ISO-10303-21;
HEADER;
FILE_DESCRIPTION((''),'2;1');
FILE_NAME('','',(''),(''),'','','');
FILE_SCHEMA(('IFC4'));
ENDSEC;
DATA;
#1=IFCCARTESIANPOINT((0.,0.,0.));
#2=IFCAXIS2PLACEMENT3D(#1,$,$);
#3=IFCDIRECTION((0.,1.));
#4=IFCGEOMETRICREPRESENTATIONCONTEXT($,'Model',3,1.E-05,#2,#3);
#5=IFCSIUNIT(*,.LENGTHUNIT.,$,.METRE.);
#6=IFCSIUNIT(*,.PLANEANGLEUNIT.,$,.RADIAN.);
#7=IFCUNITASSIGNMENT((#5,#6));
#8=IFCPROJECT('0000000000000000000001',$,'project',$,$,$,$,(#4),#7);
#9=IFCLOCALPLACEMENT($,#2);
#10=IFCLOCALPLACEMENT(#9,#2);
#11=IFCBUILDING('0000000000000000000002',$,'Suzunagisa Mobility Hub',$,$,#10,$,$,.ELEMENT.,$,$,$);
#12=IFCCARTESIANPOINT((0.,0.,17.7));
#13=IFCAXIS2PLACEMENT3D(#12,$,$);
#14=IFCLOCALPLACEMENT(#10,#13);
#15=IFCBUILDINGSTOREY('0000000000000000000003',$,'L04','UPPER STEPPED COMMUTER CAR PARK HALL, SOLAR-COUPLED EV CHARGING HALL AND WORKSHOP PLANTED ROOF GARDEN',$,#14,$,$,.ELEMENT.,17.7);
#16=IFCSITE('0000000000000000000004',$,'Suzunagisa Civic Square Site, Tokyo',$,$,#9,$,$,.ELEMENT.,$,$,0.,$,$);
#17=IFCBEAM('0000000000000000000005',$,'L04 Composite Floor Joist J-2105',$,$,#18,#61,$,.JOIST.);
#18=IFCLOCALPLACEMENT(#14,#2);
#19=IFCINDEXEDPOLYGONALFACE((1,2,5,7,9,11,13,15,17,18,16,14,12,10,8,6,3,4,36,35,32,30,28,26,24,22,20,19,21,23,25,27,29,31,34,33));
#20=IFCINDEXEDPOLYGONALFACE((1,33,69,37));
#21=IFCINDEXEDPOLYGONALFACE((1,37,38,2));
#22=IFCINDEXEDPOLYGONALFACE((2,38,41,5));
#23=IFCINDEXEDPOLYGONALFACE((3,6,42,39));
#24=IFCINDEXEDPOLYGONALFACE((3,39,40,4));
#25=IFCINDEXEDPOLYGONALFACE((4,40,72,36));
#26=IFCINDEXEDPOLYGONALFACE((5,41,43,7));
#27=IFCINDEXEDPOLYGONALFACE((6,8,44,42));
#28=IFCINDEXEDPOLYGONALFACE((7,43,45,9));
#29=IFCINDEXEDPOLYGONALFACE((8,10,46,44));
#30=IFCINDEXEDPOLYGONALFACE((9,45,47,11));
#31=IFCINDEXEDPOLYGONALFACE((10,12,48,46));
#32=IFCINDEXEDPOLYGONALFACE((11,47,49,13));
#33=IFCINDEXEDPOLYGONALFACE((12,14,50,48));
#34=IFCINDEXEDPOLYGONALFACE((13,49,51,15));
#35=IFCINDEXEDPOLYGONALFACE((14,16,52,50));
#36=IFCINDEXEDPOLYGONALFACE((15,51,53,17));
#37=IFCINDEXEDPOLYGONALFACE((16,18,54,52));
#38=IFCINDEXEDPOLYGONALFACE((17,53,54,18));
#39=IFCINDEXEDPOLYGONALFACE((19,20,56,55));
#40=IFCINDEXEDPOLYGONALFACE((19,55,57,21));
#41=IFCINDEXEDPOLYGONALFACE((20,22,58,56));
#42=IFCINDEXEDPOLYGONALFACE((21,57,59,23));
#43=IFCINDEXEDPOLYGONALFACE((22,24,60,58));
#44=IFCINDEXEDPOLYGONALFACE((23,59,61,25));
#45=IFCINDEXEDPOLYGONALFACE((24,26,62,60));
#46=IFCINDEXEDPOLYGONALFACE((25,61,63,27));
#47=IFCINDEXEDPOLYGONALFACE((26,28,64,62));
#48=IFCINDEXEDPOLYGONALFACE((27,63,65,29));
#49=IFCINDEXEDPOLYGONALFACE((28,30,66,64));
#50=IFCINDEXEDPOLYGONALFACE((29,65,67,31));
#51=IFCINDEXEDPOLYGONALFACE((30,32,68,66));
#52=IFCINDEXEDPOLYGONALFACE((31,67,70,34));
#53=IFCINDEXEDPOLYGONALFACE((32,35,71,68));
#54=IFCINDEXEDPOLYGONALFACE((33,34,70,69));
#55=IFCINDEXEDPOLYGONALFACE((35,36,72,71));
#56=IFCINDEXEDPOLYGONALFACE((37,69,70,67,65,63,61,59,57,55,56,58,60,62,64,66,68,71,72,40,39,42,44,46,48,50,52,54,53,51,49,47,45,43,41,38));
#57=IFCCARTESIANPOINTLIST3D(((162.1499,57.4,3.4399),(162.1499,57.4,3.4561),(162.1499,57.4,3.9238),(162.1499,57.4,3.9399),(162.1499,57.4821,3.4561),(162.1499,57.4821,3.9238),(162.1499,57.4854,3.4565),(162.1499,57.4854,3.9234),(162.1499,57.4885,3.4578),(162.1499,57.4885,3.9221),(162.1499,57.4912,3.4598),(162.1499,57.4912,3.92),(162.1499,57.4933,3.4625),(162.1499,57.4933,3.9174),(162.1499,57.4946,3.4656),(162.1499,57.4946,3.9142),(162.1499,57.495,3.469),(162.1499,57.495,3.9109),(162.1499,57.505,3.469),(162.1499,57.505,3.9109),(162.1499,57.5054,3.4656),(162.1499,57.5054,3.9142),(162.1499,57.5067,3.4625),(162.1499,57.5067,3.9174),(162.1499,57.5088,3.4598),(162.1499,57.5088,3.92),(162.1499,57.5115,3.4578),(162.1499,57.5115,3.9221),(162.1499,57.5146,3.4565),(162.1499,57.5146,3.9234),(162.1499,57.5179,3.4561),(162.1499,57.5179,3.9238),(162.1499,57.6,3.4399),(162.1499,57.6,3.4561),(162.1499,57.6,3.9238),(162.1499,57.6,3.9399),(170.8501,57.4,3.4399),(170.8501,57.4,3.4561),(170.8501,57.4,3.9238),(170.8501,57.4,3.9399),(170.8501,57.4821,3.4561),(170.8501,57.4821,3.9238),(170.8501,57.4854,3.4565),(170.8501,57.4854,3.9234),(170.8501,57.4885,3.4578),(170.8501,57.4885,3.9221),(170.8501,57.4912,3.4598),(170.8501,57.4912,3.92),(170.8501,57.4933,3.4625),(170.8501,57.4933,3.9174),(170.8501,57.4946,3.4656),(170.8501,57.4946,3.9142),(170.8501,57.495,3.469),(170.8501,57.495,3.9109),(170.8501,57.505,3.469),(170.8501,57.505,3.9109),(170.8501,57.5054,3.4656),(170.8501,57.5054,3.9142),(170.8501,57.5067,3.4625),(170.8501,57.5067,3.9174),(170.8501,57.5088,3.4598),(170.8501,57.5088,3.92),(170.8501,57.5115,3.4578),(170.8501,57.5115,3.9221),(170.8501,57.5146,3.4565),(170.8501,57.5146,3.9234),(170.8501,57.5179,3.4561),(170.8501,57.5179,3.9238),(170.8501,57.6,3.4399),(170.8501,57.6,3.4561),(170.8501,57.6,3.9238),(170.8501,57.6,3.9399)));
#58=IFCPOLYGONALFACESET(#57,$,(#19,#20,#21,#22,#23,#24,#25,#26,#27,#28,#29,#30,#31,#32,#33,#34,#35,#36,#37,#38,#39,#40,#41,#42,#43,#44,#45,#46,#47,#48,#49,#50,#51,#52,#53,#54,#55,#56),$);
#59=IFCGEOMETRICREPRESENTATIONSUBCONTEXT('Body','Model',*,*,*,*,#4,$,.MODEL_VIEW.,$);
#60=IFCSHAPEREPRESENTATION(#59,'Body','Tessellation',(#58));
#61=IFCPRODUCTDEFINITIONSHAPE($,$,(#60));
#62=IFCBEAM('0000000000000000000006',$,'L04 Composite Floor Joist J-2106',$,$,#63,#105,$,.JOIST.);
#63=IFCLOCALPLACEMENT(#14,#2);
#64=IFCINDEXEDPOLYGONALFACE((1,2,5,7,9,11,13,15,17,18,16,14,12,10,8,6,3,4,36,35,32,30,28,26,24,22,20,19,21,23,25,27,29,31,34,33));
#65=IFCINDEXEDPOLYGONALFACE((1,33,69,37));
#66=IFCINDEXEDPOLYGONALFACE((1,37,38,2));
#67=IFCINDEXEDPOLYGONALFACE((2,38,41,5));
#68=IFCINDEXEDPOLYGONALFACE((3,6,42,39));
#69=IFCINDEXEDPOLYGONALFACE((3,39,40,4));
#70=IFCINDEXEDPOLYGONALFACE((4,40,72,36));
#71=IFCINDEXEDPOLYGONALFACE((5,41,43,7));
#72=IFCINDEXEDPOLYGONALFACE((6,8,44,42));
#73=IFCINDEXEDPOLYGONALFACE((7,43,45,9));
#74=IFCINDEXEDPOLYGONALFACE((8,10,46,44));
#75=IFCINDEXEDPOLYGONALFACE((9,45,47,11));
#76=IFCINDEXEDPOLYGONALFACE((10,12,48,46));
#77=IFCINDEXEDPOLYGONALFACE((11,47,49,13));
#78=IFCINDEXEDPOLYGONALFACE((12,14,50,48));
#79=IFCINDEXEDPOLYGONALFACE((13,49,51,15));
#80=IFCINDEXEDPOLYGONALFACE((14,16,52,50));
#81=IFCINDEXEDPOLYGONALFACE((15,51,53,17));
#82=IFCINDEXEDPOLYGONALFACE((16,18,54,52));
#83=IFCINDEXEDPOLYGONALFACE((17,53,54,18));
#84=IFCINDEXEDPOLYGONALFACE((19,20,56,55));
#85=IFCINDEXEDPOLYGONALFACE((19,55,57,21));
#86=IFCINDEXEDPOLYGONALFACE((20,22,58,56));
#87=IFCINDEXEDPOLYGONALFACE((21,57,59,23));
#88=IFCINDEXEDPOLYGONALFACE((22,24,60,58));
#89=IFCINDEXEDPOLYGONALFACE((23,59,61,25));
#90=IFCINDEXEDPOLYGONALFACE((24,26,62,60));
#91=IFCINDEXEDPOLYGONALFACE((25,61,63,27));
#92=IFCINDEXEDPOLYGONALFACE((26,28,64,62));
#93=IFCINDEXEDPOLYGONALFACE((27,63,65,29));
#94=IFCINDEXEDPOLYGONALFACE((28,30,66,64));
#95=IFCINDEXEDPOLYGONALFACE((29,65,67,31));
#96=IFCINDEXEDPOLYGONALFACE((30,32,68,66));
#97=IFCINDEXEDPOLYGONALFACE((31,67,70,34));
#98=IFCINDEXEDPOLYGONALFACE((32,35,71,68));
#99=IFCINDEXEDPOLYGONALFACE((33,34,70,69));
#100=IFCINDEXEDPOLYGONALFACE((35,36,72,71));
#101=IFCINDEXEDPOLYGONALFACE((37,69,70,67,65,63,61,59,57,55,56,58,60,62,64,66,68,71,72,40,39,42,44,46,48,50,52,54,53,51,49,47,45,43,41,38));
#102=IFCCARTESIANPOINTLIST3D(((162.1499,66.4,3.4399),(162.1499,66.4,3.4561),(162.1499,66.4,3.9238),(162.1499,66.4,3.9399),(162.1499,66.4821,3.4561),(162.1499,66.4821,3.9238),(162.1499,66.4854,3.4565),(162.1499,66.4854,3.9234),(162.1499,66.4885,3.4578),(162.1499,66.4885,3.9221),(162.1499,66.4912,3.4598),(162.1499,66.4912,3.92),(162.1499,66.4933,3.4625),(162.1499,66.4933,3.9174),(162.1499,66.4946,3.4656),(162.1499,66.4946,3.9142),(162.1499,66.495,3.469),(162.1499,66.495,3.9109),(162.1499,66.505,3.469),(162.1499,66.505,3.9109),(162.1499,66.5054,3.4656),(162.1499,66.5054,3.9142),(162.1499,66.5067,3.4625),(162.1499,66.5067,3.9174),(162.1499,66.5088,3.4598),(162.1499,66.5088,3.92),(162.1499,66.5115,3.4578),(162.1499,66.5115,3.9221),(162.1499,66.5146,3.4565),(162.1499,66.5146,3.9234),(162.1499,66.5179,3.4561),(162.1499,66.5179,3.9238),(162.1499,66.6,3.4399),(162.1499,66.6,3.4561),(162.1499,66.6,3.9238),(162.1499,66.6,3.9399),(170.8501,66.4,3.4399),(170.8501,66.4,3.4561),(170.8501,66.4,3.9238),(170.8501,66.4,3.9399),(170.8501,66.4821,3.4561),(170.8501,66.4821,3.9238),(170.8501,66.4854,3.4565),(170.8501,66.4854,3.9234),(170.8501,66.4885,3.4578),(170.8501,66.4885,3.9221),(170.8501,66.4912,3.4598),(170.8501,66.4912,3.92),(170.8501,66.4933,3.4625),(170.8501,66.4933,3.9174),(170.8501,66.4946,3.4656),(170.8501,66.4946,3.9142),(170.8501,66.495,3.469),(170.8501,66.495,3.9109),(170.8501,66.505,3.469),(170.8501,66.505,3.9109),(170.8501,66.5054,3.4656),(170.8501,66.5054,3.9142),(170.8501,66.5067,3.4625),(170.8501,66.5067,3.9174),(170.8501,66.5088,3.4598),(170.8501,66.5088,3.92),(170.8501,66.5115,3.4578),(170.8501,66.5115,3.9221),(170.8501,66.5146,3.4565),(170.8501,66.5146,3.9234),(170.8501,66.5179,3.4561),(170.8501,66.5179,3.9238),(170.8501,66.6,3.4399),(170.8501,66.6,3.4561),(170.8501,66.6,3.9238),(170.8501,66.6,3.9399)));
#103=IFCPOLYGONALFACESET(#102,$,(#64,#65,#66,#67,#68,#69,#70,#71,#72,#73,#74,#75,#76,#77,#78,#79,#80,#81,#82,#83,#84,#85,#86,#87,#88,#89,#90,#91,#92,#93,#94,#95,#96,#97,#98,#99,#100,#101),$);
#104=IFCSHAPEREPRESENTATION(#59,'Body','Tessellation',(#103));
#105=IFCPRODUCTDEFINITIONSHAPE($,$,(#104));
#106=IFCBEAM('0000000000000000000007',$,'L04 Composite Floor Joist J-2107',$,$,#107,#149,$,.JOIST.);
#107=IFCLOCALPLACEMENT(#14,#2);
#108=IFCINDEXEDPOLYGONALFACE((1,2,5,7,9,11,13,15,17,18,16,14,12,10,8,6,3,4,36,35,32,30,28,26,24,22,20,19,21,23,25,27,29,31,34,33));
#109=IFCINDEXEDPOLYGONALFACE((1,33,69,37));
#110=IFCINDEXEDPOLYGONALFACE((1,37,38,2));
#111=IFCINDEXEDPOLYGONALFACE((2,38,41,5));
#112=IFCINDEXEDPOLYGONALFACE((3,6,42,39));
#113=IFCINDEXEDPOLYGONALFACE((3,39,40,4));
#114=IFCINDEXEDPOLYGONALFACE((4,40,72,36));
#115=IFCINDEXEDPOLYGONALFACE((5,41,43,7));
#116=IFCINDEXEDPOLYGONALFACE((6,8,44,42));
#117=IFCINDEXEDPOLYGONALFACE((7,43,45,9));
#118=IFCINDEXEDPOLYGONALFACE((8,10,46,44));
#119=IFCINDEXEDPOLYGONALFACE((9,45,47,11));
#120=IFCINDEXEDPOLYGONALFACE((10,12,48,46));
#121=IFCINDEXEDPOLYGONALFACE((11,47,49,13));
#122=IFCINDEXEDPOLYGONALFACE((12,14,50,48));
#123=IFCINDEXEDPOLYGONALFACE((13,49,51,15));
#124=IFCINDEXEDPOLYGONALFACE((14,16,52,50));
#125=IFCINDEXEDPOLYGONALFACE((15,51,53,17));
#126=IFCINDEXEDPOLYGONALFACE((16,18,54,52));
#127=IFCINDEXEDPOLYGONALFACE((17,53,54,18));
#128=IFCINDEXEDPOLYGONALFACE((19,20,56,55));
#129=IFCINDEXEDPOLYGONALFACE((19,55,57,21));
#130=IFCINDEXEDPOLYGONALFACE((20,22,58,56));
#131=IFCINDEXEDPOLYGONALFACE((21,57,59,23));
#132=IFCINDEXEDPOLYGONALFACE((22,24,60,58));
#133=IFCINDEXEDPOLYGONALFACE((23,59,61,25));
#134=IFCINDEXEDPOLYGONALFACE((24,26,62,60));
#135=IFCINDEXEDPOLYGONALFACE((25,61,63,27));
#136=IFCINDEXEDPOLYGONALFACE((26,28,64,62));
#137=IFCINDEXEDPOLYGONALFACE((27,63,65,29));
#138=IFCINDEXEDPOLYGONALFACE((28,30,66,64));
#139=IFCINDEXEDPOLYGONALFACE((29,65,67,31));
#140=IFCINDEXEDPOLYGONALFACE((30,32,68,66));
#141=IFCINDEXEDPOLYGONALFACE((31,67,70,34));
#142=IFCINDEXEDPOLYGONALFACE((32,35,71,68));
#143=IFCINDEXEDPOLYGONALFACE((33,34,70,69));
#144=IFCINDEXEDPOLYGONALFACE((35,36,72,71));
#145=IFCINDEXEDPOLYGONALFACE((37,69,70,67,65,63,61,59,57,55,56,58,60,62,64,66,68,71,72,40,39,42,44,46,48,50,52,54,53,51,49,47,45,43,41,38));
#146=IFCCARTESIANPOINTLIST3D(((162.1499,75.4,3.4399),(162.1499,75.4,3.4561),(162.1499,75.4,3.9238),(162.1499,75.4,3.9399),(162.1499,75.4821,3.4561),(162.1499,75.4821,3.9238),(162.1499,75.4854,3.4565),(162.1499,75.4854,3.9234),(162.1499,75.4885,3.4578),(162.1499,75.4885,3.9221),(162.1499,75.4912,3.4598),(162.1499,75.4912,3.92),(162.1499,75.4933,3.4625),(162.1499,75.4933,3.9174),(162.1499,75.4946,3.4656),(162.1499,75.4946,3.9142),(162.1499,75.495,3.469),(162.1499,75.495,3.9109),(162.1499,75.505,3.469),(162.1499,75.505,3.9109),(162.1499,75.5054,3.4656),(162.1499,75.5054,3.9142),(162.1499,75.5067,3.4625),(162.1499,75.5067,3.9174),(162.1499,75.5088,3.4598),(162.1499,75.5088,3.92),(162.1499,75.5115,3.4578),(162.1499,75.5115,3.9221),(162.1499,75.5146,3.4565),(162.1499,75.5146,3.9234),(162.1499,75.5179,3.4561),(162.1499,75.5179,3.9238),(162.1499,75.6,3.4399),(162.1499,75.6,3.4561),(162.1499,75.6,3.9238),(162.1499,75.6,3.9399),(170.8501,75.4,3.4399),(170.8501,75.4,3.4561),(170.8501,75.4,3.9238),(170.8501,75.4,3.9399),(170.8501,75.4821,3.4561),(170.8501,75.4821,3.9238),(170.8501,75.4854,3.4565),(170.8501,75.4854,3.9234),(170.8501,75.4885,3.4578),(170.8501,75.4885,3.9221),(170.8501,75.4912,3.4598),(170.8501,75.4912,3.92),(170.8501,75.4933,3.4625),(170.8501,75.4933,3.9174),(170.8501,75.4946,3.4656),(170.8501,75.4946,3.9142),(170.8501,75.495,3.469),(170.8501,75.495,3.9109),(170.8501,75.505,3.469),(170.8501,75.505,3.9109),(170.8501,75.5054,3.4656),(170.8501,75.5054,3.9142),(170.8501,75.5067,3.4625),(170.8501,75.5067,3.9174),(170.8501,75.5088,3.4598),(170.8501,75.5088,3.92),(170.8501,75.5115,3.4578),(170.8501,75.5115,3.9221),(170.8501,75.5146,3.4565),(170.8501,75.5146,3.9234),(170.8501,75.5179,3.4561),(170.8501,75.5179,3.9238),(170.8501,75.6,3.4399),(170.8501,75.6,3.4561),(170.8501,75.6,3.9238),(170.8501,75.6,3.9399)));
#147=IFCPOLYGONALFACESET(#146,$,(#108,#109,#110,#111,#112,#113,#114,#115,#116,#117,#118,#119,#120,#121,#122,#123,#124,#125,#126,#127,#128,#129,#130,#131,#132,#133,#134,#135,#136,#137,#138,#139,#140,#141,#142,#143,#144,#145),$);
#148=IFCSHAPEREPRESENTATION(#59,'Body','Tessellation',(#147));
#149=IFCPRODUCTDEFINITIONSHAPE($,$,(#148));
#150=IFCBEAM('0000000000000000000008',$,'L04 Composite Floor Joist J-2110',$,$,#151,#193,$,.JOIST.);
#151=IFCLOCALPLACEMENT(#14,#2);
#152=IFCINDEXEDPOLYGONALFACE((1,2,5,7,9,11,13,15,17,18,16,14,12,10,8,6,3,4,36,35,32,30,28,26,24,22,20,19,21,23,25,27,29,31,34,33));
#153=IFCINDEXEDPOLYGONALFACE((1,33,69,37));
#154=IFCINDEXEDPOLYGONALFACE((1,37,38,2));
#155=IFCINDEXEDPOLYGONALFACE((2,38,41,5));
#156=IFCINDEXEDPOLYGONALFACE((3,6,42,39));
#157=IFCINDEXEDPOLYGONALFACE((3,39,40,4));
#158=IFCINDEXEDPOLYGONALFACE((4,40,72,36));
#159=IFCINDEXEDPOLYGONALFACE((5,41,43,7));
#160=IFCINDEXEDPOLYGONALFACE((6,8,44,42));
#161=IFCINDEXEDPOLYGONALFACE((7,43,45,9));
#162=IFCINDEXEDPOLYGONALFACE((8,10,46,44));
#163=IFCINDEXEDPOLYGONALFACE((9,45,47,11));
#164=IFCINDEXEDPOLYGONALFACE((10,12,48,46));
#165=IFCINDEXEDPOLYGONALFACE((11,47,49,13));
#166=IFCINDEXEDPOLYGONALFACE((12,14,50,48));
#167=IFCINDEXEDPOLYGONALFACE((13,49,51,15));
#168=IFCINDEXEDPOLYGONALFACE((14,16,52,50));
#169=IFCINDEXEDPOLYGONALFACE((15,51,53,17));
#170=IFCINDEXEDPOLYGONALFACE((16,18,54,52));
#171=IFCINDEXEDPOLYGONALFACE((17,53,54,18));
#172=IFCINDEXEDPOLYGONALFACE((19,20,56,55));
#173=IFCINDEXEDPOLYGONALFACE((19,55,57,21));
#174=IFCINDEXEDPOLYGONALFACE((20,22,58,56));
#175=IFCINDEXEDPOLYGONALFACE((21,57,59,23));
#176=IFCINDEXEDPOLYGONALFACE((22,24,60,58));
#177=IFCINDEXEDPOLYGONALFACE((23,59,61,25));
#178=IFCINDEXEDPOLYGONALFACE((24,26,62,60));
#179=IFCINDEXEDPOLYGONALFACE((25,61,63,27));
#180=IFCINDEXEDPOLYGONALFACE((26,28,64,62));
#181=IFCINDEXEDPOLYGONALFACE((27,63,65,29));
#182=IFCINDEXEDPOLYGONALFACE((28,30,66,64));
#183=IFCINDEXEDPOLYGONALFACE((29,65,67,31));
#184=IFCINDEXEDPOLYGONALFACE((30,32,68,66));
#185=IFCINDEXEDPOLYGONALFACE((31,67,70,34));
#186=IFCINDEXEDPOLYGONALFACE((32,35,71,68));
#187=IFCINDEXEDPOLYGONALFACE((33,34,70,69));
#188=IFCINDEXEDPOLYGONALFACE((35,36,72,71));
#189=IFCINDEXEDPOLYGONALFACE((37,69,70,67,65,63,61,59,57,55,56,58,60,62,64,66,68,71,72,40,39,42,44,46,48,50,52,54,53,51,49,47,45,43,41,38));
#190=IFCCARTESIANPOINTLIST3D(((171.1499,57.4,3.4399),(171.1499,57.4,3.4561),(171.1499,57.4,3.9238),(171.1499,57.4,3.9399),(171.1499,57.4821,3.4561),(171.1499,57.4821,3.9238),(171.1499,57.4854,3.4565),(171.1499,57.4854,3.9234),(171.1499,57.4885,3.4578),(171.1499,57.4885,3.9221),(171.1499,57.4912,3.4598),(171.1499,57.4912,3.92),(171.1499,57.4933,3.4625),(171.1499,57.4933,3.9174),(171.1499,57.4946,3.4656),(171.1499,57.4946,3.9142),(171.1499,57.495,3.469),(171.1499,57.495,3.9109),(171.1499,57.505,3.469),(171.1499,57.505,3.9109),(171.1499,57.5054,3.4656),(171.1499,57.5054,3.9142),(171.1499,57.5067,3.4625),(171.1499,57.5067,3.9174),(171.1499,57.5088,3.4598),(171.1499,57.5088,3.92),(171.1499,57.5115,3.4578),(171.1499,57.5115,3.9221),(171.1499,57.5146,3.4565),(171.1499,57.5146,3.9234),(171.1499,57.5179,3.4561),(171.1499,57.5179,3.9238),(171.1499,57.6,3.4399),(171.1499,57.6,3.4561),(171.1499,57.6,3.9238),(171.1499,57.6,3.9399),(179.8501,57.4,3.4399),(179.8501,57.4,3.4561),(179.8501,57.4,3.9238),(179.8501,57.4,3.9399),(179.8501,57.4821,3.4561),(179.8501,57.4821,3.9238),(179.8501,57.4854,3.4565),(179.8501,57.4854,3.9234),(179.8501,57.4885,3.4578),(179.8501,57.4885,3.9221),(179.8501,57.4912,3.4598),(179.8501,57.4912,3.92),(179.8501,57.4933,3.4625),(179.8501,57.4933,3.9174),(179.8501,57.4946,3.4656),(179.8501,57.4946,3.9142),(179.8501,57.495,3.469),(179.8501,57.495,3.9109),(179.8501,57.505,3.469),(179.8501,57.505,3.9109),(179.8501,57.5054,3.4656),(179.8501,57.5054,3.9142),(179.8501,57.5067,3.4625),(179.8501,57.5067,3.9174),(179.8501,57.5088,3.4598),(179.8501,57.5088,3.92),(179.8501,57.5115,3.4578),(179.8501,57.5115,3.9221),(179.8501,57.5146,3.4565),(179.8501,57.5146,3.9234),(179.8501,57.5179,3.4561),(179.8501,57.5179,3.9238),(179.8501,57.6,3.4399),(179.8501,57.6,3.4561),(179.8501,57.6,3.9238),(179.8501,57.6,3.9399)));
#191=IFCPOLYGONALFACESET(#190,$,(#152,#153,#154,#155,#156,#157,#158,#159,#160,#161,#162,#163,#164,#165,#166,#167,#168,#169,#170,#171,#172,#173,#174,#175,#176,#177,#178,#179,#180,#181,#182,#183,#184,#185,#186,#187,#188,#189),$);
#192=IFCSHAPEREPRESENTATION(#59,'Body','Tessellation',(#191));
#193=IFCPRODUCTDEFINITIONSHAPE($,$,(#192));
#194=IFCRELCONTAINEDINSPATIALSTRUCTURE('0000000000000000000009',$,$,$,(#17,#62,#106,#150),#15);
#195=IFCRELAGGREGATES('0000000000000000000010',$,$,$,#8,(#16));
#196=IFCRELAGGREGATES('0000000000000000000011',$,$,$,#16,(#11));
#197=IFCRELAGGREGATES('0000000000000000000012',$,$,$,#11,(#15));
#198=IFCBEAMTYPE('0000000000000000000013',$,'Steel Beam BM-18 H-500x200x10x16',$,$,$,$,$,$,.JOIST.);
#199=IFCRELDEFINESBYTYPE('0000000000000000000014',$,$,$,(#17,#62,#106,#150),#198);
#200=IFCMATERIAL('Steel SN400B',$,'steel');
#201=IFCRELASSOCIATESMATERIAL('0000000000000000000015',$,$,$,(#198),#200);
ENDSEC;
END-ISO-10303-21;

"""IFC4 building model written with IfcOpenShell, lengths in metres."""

from ifc_helpers import new_model, si_unit, direction, frame, origin, origin_2d, place, context, subcontext, project, spatial, i_section, extrude, material, material_profile, profile_set, type_object, element, save


model = new_model("IFC4")

# Units and contexts
model_context = context("Model", 3, precision=1e-05, world=origin(), true_north=direction((0.0, 1.0)))
body_context = subcontext(model_context, "Body", "Model", "MODEL_VIEW")
ifc_project = project(units=[si_unit("LENGTHUNIT", "METRE"), si_unit("PLANEANGLEUNIT", "RADIAN")], contexts=[model_context])

# Site, building, storey
site_placement = place(None, origin())
site = spatial("IfcSite", under=ifc_project, at=site_placement, Name="Suzunagisa Civic Square Site, Tokyo", CompositionType="ELEMENT", RefElevation=0.0)
building_placement = place(site_placement, origin())
building = spatial("IfcBuilding", under=site, at=building_placement, Name="Suzunagisa Mobility Hub", CompositionType="ELEMENT")
storey_placement = place(building_placement, frame((0.0, 0.0, 17.7)))
storey = spatial("IfcBuildingStorey", under=building, at=storey_placement, Name="L04", Description="UPPER STEPPED COMMUTER CAR PARK HALL, SOLAR-COUPLED EV CHARGING HALL AND WORKSHOP PLANTED ROOF GARDEN", CompositionType="ELEMENT", Elevation=17.7)

# Beams
ifc_material_1 = material(Name="Steel SN400B", Category="steel")
ifc_material_profile_1 = material_profile(ifc_material_1, i_section(OverallWidth=0.2, OverallDepth=0.5, WebThickness=0.01, FlangeThickness=0.0161, FilletRadius=0.0129, at=origin_2d()), Name="H-500x200x10x16")
ifc_profile_set_1 = profile_set([ifc_material_profile_1], Name="Steel SN400B")
beam_type_1 = type_object("IfcBeamType", Name="Steel Beam BM-18 H-500x200x10x16", PredefinedType="JOIST", material=ifc_profile_set_1)
for number, where, z_axis, x_axis, name in (
    (1, (162.1499, 57.5, 3.6899), (1.0, 0.0, 0.0), (0.0, 1.0, 0.0), "L04 Composite Floor Joist J-2105"),
    (2, (162.1499, 66.5, 3.6899), (1.0, 0.0, 0.0), (0.0, 1.0, 0.0), "L04 Composite Floor Joist J-2106"),
    (3, (162.1499, 75.5, 3.6899), (1.0, 0.0, 0.0), (0.0, 1.0, 0.0), "L04 Composite Floor Joist J-2107"),
    (4, (171.1499, 57.5, 3.6899), (1.0, 0.0, 0.0), (0.0, 1.0, 0.0), "L04 Composite Floor Joist J-2110"),
):
    element("IfcBeam", number, at=place(storey_placement, frame(where, z_axis=z_axis, x_axis=x_axis)), inside=storey, type_object=beam_type_1, Name=name, PredefinedType="JOIST", context=body_context, shape_type="SweptSolid", body=[
        extrude(i_section(OverallWidth=0.2, OverallDepth=0.5, WebThickness=0.01, FlangeThickness=0.0161, FilletRadius=0.0129, at=origin_2d()), origin(), (0.0, 0.0, 1.0), 8.7002),
    ])

save(model, "model.ifc")
